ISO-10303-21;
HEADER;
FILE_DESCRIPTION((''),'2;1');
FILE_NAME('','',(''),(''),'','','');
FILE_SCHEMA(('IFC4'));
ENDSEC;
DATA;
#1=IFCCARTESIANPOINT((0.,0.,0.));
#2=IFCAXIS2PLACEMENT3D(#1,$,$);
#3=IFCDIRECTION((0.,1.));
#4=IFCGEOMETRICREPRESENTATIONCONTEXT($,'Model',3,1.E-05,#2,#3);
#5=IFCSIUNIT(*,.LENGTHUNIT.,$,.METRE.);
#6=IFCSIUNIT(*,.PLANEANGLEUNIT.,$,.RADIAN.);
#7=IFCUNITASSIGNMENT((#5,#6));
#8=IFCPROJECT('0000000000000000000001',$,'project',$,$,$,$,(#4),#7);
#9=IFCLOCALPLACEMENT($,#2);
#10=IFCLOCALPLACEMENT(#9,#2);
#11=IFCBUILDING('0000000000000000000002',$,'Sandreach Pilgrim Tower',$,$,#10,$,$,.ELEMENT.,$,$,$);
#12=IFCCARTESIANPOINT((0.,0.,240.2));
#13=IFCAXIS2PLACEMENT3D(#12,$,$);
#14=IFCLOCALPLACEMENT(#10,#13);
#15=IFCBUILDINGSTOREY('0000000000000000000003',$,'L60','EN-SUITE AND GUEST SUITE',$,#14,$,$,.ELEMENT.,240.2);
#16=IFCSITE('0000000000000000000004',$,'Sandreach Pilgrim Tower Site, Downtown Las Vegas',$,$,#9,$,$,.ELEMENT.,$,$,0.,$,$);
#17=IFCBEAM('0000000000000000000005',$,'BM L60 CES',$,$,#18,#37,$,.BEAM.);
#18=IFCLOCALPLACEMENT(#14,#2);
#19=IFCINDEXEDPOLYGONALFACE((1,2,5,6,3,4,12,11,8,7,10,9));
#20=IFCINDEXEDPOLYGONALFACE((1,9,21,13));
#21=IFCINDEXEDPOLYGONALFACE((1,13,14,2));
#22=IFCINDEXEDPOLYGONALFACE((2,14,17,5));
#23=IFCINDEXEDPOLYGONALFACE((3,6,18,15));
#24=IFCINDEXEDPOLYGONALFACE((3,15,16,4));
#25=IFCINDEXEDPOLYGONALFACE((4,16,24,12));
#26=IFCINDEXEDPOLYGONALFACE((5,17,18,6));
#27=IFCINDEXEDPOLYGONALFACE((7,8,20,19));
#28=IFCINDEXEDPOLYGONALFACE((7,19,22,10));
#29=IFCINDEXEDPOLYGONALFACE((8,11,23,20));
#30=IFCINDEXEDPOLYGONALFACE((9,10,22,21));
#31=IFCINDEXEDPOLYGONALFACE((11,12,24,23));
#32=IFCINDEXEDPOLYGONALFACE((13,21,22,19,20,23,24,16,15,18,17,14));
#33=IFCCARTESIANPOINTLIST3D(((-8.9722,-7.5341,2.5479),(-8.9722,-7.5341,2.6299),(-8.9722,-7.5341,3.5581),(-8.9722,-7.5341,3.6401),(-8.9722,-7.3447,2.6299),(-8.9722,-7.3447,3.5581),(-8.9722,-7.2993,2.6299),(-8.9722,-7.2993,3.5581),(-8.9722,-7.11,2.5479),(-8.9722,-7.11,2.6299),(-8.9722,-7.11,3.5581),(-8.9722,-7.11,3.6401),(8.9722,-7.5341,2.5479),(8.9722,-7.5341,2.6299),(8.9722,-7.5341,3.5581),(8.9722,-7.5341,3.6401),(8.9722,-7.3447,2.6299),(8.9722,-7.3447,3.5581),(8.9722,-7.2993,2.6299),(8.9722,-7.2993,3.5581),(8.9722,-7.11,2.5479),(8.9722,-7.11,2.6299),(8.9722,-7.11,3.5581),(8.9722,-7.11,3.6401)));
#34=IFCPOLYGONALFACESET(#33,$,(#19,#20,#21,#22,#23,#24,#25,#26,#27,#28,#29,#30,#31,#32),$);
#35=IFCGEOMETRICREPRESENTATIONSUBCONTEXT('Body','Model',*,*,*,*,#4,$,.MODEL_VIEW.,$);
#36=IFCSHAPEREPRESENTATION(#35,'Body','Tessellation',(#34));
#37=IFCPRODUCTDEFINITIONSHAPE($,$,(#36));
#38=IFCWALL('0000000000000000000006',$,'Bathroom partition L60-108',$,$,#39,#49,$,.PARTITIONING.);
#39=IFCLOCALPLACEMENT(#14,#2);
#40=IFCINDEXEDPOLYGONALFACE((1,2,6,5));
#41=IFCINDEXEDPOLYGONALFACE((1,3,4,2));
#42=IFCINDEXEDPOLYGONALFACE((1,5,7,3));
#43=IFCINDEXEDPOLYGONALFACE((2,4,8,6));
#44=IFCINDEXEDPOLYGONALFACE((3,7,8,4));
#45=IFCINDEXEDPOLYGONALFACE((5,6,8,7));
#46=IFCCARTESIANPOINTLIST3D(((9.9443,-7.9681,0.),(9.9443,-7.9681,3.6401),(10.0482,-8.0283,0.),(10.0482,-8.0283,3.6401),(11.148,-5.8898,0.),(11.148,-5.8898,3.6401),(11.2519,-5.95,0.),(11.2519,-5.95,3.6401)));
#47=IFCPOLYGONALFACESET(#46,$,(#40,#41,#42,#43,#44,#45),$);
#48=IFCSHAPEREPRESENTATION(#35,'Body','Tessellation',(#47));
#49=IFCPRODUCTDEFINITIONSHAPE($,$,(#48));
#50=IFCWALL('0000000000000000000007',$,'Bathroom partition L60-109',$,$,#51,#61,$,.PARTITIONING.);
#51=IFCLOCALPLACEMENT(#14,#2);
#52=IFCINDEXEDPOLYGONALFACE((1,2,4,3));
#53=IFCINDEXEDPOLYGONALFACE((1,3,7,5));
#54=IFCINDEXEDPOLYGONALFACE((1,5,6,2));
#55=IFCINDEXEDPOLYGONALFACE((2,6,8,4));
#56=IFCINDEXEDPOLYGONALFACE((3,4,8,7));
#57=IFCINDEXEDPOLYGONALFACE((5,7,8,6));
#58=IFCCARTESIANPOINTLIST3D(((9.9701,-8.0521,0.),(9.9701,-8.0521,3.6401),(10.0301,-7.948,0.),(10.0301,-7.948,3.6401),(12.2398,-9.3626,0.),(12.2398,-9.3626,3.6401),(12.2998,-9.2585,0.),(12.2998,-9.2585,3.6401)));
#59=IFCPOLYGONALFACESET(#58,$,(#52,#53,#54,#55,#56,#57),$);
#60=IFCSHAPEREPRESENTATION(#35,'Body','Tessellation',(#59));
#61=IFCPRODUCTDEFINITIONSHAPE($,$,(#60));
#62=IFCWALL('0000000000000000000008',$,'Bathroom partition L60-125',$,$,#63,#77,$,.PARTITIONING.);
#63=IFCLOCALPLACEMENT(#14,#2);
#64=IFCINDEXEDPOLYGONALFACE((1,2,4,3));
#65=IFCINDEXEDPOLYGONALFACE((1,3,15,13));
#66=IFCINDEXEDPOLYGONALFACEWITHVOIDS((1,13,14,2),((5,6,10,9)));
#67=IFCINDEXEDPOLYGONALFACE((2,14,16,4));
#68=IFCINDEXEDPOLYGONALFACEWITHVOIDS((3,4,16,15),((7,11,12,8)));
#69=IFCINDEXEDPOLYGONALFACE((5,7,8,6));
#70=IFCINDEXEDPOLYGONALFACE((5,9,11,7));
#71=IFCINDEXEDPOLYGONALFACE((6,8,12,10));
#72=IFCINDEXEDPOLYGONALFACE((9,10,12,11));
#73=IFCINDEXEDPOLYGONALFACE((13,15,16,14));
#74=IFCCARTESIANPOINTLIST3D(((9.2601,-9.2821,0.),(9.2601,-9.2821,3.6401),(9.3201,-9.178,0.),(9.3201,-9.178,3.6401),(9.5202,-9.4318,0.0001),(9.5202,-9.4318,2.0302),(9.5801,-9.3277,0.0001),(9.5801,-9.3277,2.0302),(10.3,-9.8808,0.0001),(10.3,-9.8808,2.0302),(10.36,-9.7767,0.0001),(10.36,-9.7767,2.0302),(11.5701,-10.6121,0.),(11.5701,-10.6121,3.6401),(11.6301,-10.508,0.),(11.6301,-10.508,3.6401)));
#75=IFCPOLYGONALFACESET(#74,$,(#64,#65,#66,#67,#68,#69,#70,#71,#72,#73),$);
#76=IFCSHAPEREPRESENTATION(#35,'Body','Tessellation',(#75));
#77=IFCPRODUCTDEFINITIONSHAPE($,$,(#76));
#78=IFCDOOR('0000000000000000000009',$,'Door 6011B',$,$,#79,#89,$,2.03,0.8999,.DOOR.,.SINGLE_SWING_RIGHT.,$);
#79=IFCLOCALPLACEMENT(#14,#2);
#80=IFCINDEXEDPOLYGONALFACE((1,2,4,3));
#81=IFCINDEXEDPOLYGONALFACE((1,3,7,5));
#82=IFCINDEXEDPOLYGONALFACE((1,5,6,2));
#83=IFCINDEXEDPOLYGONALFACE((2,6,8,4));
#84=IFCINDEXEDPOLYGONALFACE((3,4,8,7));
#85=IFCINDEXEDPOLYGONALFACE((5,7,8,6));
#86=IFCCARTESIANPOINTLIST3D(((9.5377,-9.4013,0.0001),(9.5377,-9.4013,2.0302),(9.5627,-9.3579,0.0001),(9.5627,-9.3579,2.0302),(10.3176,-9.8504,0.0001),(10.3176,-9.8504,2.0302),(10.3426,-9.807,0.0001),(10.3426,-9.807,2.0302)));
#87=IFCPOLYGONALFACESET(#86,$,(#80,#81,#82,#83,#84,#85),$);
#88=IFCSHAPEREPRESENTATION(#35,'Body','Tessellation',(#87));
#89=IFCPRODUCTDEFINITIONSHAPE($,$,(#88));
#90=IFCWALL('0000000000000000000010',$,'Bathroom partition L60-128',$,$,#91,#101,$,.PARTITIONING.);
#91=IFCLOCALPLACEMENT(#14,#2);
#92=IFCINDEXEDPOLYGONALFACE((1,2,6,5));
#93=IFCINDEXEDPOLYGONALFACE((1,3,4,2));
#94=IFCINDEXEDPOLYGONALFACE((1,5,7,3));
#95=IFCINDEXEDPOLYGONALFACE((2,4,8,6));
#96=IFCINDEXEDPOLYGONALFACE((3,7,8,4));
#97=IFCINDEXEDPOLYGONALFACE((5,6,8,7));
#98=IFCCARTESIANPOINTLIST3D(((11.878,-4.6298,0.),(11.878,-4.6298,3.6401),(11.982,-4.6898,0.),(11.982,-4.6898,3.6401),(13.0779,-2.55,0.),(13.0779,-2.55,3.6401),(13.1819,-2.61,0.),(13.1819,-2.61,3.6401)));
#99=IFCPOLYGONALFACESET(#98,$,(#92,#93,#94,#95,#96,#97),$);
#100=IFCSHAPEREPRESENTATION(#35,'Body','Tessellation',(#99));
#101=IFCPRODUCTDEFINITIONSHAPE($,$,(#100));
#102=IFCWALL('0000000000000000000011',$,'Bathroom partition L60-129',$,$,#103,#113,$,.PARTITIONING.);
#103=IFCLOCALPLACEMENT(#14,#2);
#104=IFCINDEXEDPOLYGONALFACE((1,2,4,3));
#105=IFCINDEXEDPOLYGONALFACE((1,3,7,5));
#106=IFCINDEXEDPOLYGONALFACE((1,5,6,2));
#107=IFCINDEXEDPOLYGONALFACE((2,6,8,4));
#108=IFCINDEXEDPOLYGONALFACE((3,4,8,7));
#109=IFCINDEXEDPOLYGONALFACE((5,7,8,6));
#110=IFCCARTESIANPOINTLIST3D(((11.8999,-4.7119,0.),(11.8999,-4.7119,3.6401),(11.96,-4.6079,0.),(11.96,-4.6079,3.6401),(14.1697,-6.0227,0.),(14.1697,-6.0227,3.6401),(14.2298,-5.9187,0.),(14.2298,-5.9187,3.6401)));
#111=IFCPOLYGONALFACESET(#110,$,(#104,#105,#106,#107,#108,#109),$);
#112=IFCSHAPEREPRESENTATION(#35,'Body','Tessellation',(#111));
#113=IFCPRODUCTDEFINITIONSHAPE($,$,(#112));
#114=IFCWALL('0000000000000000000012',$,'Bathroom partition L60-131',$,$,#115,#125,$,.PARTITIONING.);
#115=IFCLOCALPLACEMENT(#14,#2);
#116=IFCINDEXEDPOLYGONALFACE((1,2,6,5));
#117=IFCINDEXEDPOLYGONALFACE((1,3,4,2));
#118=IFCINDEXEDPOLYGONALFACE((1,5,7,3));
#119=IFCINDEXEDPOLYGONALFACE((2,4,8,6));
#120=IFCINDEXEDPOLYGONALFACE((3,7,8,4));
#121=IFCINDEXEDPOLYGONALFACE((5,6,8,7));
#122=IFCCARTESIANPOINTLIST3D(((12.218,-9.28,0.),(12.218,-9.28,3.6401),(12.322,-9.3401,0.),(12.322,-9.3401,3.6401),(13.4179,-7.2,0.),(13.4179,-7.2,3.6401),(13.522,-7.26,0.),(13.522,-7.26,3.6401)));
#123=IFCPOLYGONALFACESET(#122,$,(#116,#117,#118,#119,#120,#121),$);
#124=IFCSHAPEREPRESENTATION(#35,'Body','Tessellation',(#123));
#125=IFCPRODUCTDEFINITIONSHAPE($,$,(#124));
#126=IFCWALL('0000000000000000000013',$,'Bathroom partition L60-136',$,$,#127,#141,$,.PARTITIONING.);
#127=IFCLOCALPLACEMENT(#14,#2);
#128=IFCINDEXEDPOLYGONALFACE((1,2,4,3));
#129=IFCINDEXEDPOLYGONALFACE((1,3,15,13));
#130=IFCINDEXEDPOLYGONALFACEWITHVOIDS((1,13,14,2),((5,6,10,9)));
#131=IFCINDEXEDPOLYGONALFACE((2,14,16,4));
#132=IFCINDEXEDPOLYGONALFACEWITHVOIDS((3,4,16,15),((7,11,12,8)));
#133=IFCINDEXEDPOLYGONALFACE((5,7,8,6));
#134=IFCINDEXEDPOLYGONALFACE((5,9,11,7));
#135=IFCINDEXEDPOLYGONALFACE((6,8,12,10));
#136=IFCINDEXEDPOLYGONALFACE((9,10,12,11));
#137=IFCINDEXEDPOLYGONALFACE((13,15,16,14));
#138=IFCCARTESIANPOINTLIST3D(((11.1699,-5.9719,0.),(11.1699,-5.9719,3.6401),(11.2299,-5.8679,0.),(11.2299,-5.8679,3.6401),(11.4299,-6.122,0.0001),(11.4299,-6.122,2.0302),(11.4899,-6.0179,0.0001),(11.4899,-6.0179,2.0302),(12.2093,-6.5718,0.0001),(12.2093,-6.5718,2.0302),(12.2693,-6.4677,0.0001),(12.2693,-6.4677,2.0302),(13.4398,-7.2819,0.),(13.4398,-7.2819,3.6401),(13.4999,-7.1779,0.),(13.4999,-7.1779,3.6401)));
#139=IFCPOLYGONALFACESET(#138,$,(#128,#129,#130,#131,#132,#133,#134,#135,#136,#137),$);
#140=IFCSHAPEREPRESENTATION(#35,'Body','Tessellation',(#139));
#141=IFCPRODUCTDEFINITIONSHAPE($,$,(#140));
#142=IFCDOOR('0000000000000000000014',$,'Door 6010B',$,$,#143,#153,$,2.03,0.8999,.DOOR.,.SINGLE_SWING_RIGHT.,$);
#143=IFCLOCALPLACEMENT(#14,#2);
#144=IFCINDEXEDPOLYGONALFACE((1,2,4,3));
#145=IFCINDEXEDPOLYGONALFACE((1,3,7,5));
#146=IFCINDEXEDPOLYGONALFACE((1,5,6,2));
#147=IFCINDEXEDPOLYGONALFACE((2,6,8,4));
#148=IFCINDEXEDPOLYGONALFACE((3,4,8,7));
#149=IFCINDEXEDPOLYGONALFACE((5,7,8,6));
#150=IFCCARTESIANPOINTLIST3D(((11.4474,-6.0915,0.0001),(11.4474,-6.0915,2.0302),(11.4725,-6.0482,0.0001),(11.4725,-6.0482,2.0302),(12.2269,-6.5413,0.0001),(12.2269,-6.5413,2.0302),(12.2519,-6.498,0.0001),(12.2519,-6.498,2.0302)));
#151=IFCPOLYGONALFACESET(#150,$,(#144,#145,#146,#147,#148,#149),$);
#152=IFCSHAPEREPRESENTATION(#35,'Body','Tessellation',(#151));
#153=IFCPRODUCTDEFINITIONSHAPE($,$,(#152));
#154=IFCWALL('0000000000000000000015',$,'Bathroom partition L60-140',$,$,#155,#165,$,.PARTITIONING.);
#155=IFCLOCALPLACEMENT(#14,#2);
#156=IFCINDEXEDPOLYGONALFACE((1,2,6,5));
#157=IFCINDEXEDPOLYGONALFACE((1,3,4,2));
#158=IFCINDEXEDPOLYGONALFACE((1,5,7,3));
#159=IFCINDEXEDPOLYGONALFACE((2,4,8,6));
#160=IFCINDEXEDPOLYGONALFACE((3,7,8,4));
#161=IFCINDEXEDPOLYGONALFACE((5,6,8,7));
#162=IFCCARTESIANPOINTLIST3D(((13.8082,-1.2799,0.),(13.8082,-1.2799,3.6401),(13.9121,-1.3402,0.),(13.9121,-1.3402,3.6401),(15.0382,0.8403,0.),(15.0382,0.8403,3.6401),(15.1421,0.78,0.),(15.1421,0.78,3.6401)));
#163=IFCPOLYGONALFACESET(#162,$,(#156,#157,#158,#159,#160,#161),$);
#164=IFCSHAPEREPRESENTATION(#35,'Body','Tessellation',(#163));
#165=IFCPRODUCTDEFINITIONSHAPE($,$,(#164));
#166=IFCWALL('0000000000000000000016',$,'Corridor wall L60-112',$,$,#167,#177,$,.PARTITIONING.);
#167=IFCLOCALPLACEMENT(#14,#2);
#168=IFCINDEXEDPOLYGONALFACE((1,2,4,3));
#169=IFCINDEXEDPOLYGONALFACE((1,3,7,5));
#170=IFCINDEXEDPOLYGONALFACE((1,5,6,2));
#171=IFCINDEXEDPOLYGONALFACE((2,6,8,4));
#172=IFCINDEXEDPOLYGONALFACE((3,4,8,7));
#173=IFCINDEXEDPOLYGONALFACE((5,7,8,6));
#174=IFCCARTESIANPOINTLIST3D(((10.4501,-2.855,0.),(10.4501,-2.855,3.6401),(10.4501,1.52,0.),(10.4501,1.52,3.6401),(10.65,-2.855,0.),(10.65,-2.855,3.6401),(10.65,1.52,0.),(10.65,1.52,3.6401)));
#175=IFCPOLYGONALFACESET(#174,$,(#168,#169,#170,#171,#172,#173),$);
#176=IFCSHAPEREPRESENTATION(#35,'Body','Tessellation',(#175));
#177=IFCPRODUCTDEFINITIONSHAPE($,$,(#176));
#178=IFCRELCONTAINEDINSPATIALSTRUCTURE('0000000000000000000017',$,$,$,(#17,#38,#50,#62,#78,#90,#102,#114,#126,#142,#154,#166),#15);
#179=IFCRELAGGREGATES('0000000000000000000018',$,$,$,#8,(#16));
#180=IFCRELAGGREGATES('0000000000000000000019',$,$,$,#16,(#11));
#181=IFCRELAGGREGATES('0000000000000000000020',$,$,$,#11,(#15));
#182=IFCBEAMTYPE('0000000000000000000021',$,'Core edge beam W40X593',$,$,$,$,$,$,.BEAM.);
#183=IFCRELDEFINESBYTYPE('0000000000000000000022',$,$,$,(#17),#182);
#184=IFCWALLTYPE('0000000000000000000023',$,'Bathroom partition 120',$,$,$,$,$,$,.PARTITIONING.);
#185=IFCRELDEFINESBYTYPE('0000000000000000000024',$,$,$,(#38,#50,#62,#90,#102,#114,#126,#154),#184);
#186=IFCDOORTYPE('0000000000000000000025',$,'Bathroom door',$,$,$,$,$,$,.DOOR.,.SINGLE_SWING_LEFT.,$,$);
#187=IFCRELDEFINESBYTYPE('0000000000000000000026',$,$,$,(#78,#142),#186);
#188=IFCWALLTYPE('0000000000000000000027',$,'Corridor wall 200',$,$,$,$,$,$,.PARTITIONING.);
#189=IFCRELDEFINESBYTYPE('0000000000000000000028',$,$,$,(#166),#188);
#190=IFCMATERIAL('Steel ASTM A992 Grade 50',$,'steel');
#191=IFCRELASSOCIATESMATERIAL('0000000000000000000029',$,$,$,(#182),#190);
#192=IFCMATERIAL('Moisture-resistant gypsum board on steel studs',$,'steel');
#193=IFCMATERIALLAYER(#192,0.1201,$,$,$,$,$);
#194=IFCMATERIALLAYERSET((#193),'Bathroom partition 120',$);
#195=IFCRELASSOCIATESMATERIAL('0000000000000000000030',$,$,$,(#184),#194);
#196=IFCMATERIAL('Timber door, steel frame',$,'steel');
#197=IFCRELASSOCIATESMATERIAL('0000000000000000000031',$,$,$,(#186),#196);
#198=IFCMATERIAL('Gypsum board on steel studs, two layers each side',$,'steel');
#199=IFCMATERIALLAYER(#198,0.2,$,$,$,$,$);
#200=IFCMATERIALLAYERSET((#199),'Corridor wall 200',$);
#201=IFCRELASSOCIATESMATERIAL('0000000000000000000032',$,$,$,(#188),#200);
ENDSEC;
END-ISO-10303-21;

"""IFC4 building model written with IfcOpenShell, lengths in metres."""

from ifc_helpers import new_model, si_unit, direction, frame, frame_2d, origin, origin_2d, place, context, subcontext, project, spatial, rectangle, i_section, extrude, material, layer, layer_set, material_profile, profile_set, type_object, element, fill, save


model = new_model("IFC4")

# Units and contexts
model_context = context("Model", 3, precision=1e-05, world=origin(), true_north=direction((0.0, 1.0)))
body_context = subcontext(model_context, "Body", "Model", "MODEL_VIEW")
ifc_project = project(units=[si_unit("LENGTHUNIT", "METRE"), si_unit("PLANEANGLEUNIT", "RADIAN")], contexts=[model_context])

# Site, building, storey
site_placement = place(None, origin())
site = spatial("IfcSite", under=ifc_project, at=site_placement, Name="Sandreach Pilgrim Tower Site, Downtown Las Vegas", CompositionType="ELEMENT", RefElevation=0.0)
building_placement = place(site_placement, origin())
building = spatial("IfcBuilding", under=site, at=building_placement, Name="Sandreach Pilgrim Tower", CompositionType="ELEMENT")
storey_placement = place(building_placement, frame((0.0, 0.0, 240.2)))
storey = spatial("IfcBuildingStorey", under=building, at=storey_placement, Name="L60", Description="EN-SUITE AND GUEST SUITE", CompositionType="ELEMENT", Elevation=240.2)

# Beam
ifc_material_1 = material(Name="Steel ASTM A992 Grade 50", Category="steel")
ifc_material_profile = material_profile(ifc_material_1, i_section(OverallWidth=0.4241, OverallDepth=1.0923, WebThickness=0.0454, FlangeThickness=0.082, at=origin_2d()), Name="W40X593")
ifc_profile_set = profile_set([ifc_material_profile], Name="Steel ASTM A992 Grade 50")
beam_type = type_object("IfcBeamType", Name="Core edge beam W40X593", PredefinedType="BEAM", material=ifc_profile_set)
beam_placement = place(storey_placement, frame((8.9722, -7.322, 3.094), z_axis=(-1.0, 0.0, 0.0), x_axis=(0.0, -1.0, 0.0)))
element("IfcBeam", 1, at=beam_placement, inside=storey, type_object=beam_type, Name="BM L60 CES", PredefinedType="BEAM", context=body_context, shape_type="SweptSolid", body=[
    extrude(i_section(OverallWidth=0.4241, OverallDepth=1.0923, WebThickness=0.0454, FlangeThickness=0.082, at=origin_2d()), origin(), (0.0, 0.0, 1.0), 17.9443),
])

# Walls
ifc_material_2 = material(Name="Moisture-resistant gypsum board on steel studs", Category="steel")
ifc_layer_1 = layer(ifc_material_2, 0.1201)
ifc_layer_set_1 = layer_set([ifc_layer_1], Name="Bathroom partition 120")
wall_type_1 = type_object("IfcWallType", Name="Bathroom partition 120", PredefinedType="PARTITIONING", material=ifc_layer_set_1)
wall_1_placement = place(storey_placement, frame((9.9963, -7.998, 0.0), z_axis=(0.0, 0.0, 1.0), x_axis=(0.501189, 0.865338, 0.0)))
element("IfcWall", 2, at=wall_1_placement, inside=storey, type_object=wall_type_1, Name="Bathroom partition L60-108", PredefinedType="PARTITIONING", context=body_context, shape_type="SweptSolid", body=[
    extrude(rectangle(XDim=2.4016, YDim=0.1201, at=frame_2d((1.2007, 0.0))), origin(), (0.0, 0.0, 1.0), 3.6401),
])
wall_2_placement = place(storey_placement, frame((10.0, -8.0, 0.0), z_axis=(0.0, 0.0, 1.0), x_axis=(0.86601, -0.500026, 0.0)))
element("IfcWall", 3, at=wall_2_placement, inside=storey, type_object=wall_type_1, Name="Bathroom partition L60-109", PredefinedType="PARTITIONING", context=body_context, shape_type="SweptSolid", body=[
    extrude(rectangle(XDim=2.6208, YDim=0.1201, at=frame_2d((1.3105, 0.0))), origin(), (0.0, 0.0, 1.0), 3.6401),
])

# Wall, opening, door
wall_3_placement = place(storey_placement, frame((11.6001, -10.5601, 0.0), z_axis=(0.0, 0.0, 1.0), x_axis=(-0.866615, 0.498977, 0.0)))
wall_3 = element("IfcWall", 4, at=wall_3_placement, inside=storey, type_object=wall_type_1, Name="Bathroom partition L60-125", PredefinedType="PARTITIONING", context=body_context, shape_type="SweptSolid", body=[
    extrude(rectangle(XDim=2.6655, YDim=0.1201, at=frame_2d((1.3328, 0.0))), origin(), (0.0, 0.0, 1.0), 3.6401),
])
opening_1_placement = place(wall_3_placement, frame((1.4656, 0.0, 0.0)))
opening_1 = element("IfcOpeningElement", 5, at=opening_1_placement, cuts=wall_3, PredefinedType="OPENING", context=body_context, shape_type="SweptSolid", body=[
    extrude(rectangle(XDim=0.8999, YDim=2.03, at=frame_2d((0.45, 1.0151))), frame((0.0, 0.0601, 0.0), z_axis=(0.0, -1.0, 0.0), x_axis=(1.0, 0.0, 0.0)), (0.0, 0.0, 1.0), 0.1201),
])
ifc_material_3 = material(Name="Timber door, steel frame", Category="steel")
door_type_1 = type_object("IfcDoorType", Name="Bathroom door", OperationType="SINGLE_SWING_LEFT", PredefinedType="DOOR", material=ifc_material_3)
door_1_placement = place(opening_1_placement, origin())
door_1 = element("IfcDoor", 6, at=door_1_placement, inside=storey, type_object=door_type_1, Name="Door 6011B", OperationType="SINGLE_SWING_RIGHT", OverallHeight=2.03, OverallWidth=0.8999, PredefinedType="DOOR", context=body_context, shape_type="SweptSolid", body=[
    extrude(rectangle(XDim=0.8999, YDim=2.03, at=frame_2d((0.45, 1.0151))), frame((0.0, 0.0249, 0.0), z_axis=(0.0, -1.0, 0.0), x_axis=(1.0, 0.0, 0.0)), (0.0, 0.0, 1.0), 0.05),
])
fill(opening_1, door_1)

# Walls
wall_4_placement = place(storey_placement, frame((11.9299, -4.6599, 0.0), z_axis=(0.0, 0.0, 1.0), x_axis=(0.499737, 0.866177, 0.0)))
element("IfcWall", 7, at=wall_4_placement, inside=storey, type_object=wall_type_1, Name="Bathroom partition L60-128", PredefinedType="PARTITIONING", context=body_context, shape_type="SweptSolid", body=[
    extrude(rectangle(XDim=2.4011, YDim=0.1201, at=frame_2d((1.2007, 0.0))), origin(), (0.0, 0.0, 1.0), 3.6401),
])
wall_5_placement = place(storey_placement, frame((11.9299, -4.6599, 0.0), z_axis=(0.0, 0.0, 1.0), x_axis=(0.86597, -0.500096, 0.0)))
element("IfcWall", 8, at=wall_5_placement, inside=storey, type_object=wall_type_1, Name="Bathroom partition L60-129", PredefinedType="PARTITIONING", context=body_context, shape_type="SweptSolid", body=[
    extrude(rectangle(XDim=2.6211, YDim=0.1201, at=frame_2d((1.3105, 0.0))), origin(), (0.0, 0.0, 1.0), 3.6401),
])
wall_6_placement = place(storey_placement, frame((12.27, -9.3101, 0.0), z_axis=(0.0, 0.0, 1.0), x_axis=(0.499693, 0.866203, 0.0)))
element("IfcWall", 9, at=wall_6_placement, inside=storey, type_object=wall_type_1, Name="Bathroom partition L60-131", PredefinedType="PARTITIONING", context=body_context, shape_type="SweptSolid", body=[
    extrude(rectangle(XDim=2.4014, YDim=0.1201, at=frame_2d((1.2007, 0.0))), origin(), (0.0, 0.0, 1.0), 3.6401),
])

# Wall, opening, door
wall_7_placement = place(storey_placement, frame((13.47, -7.23, 0.0), z_axis=(0.0, 0.0, 1.0), x_axis=(-0.866114, 0.499846, 0.0)))
wall_7 = element("IfcWall", 10, at=wall_7_placement, inside=storey, type_object=wall_type_1, Name="Bathroom partition L60-136", PredefinedType="PARTITIONING", context=body_context, shape_type="SweptSolid", body=[
    extrude(rectangle(XDim=2.6208, YDim=0.1201, at=frame_2d((1.3105, 0.0))), origin(), (0.0, 0.0, 1.0), 3.6401),
])
opening_2_placement = place(wall_7_placement, frame((1.4209, 0.0, 0.0)))
opening_2 = element("IfcOpeningElement", 11, at=opening_2_placement, cuts=wall_7, PredefinedType="OPENING", context=body_context, shape_type="SweptSolid", body=[
    extrude(rectangle(XDim=0.8999, YDim=2.03, at=frame_2d((0.45, 1.0151))), frame((0.0, 0.0601, 0.0), z_axis=(0.0, -1.0, 0.0), x_axis=(1.0, 0.0, 0.0)), (0.0, 0.0, 1.0), 0.1201),
])
door_2_placement = place(opening_2_placement, origin())
door_2 = element("IfcDoor", 12, at=door_2_placement, inside=storey, type_object=door_type_1, Name="Door 6010B", OperationType="SINGLE_SWING_RIGHT", OverallHeight=2.03, OverallWidth=0.8999, PredefinedType="DOOR", context=body_context, shape_type="SweptSolid", body=[
    extrude(rectangle(XDim=0.8999, YDim=2.03, at=frame_2d((0.45, 1.0151))), frame((0.0, 0.0249, 0.0), z_axis=(0.0, -1.0, 0.0), x_axis=(1.0, 0.0, 0.0)), (0.0, 0.0, 1.0), 0.05),
])
fill(opening_2, door_2)

# Wall
wall_8_placement = place(storey_placement, frame((13.8601, -1.3101, 0.0), z_axis=(0.0, 0.0, 1.0), x_axis=(0.501813, 0.864976, 0.0)))
element("IfcWall", 13, at=wall_8_placement, inside=storey, type_object=wall_type_1, Name="Bathroom partition L60-140", PredefinedType="PARTITIONING", context=body_context, shape_type="SweptSolid", body=[
    extrude(rectangle(XDim=2.4512, YDim=0.1201, at=frame_2d((1.2256, 0.0))), origin(), (0.0, 0.0, 1.0), 3.6401),
])

# Shared definitions
ifc_material_4 = material(Name="Gypsum board on steel studs, two layers each side", Category="steel")
ifc_layer_2 = layer(ifc_material_4, 0.2)
ifc_layer_set_2 = layer_set([ifc_layer_2], Name="Corridor wall 200")
wall_type_2 = type_object("IfcWallType", Name="Corridor wall 200", PredefinedType="PARTITIONING", material=ifc_layer_set_2)

# Wall
wall_9_placement = place(storey_placement, frame((10.55, -2.855, 0.0), z_axis=(0.0, 0.0, 1.0), x_axis=(0.0, 1.0, 0.0)))
element("IfcWall", 14, at=wall_9_placement, inside=storey, type_object=wall_type_2, Name="Corridor wall L60-112", PredefinedType="PARTITIONING", context=body_context, shape_type="SweptSolid", body=[
    extrude(rectangle(XDim=4.375, YDim=0.2, at=frame_2d((2.1875, 0.0))), origin(), (0.0, 0.0, 1.0), 3.6401),
])

save(model, "model.ifc")
